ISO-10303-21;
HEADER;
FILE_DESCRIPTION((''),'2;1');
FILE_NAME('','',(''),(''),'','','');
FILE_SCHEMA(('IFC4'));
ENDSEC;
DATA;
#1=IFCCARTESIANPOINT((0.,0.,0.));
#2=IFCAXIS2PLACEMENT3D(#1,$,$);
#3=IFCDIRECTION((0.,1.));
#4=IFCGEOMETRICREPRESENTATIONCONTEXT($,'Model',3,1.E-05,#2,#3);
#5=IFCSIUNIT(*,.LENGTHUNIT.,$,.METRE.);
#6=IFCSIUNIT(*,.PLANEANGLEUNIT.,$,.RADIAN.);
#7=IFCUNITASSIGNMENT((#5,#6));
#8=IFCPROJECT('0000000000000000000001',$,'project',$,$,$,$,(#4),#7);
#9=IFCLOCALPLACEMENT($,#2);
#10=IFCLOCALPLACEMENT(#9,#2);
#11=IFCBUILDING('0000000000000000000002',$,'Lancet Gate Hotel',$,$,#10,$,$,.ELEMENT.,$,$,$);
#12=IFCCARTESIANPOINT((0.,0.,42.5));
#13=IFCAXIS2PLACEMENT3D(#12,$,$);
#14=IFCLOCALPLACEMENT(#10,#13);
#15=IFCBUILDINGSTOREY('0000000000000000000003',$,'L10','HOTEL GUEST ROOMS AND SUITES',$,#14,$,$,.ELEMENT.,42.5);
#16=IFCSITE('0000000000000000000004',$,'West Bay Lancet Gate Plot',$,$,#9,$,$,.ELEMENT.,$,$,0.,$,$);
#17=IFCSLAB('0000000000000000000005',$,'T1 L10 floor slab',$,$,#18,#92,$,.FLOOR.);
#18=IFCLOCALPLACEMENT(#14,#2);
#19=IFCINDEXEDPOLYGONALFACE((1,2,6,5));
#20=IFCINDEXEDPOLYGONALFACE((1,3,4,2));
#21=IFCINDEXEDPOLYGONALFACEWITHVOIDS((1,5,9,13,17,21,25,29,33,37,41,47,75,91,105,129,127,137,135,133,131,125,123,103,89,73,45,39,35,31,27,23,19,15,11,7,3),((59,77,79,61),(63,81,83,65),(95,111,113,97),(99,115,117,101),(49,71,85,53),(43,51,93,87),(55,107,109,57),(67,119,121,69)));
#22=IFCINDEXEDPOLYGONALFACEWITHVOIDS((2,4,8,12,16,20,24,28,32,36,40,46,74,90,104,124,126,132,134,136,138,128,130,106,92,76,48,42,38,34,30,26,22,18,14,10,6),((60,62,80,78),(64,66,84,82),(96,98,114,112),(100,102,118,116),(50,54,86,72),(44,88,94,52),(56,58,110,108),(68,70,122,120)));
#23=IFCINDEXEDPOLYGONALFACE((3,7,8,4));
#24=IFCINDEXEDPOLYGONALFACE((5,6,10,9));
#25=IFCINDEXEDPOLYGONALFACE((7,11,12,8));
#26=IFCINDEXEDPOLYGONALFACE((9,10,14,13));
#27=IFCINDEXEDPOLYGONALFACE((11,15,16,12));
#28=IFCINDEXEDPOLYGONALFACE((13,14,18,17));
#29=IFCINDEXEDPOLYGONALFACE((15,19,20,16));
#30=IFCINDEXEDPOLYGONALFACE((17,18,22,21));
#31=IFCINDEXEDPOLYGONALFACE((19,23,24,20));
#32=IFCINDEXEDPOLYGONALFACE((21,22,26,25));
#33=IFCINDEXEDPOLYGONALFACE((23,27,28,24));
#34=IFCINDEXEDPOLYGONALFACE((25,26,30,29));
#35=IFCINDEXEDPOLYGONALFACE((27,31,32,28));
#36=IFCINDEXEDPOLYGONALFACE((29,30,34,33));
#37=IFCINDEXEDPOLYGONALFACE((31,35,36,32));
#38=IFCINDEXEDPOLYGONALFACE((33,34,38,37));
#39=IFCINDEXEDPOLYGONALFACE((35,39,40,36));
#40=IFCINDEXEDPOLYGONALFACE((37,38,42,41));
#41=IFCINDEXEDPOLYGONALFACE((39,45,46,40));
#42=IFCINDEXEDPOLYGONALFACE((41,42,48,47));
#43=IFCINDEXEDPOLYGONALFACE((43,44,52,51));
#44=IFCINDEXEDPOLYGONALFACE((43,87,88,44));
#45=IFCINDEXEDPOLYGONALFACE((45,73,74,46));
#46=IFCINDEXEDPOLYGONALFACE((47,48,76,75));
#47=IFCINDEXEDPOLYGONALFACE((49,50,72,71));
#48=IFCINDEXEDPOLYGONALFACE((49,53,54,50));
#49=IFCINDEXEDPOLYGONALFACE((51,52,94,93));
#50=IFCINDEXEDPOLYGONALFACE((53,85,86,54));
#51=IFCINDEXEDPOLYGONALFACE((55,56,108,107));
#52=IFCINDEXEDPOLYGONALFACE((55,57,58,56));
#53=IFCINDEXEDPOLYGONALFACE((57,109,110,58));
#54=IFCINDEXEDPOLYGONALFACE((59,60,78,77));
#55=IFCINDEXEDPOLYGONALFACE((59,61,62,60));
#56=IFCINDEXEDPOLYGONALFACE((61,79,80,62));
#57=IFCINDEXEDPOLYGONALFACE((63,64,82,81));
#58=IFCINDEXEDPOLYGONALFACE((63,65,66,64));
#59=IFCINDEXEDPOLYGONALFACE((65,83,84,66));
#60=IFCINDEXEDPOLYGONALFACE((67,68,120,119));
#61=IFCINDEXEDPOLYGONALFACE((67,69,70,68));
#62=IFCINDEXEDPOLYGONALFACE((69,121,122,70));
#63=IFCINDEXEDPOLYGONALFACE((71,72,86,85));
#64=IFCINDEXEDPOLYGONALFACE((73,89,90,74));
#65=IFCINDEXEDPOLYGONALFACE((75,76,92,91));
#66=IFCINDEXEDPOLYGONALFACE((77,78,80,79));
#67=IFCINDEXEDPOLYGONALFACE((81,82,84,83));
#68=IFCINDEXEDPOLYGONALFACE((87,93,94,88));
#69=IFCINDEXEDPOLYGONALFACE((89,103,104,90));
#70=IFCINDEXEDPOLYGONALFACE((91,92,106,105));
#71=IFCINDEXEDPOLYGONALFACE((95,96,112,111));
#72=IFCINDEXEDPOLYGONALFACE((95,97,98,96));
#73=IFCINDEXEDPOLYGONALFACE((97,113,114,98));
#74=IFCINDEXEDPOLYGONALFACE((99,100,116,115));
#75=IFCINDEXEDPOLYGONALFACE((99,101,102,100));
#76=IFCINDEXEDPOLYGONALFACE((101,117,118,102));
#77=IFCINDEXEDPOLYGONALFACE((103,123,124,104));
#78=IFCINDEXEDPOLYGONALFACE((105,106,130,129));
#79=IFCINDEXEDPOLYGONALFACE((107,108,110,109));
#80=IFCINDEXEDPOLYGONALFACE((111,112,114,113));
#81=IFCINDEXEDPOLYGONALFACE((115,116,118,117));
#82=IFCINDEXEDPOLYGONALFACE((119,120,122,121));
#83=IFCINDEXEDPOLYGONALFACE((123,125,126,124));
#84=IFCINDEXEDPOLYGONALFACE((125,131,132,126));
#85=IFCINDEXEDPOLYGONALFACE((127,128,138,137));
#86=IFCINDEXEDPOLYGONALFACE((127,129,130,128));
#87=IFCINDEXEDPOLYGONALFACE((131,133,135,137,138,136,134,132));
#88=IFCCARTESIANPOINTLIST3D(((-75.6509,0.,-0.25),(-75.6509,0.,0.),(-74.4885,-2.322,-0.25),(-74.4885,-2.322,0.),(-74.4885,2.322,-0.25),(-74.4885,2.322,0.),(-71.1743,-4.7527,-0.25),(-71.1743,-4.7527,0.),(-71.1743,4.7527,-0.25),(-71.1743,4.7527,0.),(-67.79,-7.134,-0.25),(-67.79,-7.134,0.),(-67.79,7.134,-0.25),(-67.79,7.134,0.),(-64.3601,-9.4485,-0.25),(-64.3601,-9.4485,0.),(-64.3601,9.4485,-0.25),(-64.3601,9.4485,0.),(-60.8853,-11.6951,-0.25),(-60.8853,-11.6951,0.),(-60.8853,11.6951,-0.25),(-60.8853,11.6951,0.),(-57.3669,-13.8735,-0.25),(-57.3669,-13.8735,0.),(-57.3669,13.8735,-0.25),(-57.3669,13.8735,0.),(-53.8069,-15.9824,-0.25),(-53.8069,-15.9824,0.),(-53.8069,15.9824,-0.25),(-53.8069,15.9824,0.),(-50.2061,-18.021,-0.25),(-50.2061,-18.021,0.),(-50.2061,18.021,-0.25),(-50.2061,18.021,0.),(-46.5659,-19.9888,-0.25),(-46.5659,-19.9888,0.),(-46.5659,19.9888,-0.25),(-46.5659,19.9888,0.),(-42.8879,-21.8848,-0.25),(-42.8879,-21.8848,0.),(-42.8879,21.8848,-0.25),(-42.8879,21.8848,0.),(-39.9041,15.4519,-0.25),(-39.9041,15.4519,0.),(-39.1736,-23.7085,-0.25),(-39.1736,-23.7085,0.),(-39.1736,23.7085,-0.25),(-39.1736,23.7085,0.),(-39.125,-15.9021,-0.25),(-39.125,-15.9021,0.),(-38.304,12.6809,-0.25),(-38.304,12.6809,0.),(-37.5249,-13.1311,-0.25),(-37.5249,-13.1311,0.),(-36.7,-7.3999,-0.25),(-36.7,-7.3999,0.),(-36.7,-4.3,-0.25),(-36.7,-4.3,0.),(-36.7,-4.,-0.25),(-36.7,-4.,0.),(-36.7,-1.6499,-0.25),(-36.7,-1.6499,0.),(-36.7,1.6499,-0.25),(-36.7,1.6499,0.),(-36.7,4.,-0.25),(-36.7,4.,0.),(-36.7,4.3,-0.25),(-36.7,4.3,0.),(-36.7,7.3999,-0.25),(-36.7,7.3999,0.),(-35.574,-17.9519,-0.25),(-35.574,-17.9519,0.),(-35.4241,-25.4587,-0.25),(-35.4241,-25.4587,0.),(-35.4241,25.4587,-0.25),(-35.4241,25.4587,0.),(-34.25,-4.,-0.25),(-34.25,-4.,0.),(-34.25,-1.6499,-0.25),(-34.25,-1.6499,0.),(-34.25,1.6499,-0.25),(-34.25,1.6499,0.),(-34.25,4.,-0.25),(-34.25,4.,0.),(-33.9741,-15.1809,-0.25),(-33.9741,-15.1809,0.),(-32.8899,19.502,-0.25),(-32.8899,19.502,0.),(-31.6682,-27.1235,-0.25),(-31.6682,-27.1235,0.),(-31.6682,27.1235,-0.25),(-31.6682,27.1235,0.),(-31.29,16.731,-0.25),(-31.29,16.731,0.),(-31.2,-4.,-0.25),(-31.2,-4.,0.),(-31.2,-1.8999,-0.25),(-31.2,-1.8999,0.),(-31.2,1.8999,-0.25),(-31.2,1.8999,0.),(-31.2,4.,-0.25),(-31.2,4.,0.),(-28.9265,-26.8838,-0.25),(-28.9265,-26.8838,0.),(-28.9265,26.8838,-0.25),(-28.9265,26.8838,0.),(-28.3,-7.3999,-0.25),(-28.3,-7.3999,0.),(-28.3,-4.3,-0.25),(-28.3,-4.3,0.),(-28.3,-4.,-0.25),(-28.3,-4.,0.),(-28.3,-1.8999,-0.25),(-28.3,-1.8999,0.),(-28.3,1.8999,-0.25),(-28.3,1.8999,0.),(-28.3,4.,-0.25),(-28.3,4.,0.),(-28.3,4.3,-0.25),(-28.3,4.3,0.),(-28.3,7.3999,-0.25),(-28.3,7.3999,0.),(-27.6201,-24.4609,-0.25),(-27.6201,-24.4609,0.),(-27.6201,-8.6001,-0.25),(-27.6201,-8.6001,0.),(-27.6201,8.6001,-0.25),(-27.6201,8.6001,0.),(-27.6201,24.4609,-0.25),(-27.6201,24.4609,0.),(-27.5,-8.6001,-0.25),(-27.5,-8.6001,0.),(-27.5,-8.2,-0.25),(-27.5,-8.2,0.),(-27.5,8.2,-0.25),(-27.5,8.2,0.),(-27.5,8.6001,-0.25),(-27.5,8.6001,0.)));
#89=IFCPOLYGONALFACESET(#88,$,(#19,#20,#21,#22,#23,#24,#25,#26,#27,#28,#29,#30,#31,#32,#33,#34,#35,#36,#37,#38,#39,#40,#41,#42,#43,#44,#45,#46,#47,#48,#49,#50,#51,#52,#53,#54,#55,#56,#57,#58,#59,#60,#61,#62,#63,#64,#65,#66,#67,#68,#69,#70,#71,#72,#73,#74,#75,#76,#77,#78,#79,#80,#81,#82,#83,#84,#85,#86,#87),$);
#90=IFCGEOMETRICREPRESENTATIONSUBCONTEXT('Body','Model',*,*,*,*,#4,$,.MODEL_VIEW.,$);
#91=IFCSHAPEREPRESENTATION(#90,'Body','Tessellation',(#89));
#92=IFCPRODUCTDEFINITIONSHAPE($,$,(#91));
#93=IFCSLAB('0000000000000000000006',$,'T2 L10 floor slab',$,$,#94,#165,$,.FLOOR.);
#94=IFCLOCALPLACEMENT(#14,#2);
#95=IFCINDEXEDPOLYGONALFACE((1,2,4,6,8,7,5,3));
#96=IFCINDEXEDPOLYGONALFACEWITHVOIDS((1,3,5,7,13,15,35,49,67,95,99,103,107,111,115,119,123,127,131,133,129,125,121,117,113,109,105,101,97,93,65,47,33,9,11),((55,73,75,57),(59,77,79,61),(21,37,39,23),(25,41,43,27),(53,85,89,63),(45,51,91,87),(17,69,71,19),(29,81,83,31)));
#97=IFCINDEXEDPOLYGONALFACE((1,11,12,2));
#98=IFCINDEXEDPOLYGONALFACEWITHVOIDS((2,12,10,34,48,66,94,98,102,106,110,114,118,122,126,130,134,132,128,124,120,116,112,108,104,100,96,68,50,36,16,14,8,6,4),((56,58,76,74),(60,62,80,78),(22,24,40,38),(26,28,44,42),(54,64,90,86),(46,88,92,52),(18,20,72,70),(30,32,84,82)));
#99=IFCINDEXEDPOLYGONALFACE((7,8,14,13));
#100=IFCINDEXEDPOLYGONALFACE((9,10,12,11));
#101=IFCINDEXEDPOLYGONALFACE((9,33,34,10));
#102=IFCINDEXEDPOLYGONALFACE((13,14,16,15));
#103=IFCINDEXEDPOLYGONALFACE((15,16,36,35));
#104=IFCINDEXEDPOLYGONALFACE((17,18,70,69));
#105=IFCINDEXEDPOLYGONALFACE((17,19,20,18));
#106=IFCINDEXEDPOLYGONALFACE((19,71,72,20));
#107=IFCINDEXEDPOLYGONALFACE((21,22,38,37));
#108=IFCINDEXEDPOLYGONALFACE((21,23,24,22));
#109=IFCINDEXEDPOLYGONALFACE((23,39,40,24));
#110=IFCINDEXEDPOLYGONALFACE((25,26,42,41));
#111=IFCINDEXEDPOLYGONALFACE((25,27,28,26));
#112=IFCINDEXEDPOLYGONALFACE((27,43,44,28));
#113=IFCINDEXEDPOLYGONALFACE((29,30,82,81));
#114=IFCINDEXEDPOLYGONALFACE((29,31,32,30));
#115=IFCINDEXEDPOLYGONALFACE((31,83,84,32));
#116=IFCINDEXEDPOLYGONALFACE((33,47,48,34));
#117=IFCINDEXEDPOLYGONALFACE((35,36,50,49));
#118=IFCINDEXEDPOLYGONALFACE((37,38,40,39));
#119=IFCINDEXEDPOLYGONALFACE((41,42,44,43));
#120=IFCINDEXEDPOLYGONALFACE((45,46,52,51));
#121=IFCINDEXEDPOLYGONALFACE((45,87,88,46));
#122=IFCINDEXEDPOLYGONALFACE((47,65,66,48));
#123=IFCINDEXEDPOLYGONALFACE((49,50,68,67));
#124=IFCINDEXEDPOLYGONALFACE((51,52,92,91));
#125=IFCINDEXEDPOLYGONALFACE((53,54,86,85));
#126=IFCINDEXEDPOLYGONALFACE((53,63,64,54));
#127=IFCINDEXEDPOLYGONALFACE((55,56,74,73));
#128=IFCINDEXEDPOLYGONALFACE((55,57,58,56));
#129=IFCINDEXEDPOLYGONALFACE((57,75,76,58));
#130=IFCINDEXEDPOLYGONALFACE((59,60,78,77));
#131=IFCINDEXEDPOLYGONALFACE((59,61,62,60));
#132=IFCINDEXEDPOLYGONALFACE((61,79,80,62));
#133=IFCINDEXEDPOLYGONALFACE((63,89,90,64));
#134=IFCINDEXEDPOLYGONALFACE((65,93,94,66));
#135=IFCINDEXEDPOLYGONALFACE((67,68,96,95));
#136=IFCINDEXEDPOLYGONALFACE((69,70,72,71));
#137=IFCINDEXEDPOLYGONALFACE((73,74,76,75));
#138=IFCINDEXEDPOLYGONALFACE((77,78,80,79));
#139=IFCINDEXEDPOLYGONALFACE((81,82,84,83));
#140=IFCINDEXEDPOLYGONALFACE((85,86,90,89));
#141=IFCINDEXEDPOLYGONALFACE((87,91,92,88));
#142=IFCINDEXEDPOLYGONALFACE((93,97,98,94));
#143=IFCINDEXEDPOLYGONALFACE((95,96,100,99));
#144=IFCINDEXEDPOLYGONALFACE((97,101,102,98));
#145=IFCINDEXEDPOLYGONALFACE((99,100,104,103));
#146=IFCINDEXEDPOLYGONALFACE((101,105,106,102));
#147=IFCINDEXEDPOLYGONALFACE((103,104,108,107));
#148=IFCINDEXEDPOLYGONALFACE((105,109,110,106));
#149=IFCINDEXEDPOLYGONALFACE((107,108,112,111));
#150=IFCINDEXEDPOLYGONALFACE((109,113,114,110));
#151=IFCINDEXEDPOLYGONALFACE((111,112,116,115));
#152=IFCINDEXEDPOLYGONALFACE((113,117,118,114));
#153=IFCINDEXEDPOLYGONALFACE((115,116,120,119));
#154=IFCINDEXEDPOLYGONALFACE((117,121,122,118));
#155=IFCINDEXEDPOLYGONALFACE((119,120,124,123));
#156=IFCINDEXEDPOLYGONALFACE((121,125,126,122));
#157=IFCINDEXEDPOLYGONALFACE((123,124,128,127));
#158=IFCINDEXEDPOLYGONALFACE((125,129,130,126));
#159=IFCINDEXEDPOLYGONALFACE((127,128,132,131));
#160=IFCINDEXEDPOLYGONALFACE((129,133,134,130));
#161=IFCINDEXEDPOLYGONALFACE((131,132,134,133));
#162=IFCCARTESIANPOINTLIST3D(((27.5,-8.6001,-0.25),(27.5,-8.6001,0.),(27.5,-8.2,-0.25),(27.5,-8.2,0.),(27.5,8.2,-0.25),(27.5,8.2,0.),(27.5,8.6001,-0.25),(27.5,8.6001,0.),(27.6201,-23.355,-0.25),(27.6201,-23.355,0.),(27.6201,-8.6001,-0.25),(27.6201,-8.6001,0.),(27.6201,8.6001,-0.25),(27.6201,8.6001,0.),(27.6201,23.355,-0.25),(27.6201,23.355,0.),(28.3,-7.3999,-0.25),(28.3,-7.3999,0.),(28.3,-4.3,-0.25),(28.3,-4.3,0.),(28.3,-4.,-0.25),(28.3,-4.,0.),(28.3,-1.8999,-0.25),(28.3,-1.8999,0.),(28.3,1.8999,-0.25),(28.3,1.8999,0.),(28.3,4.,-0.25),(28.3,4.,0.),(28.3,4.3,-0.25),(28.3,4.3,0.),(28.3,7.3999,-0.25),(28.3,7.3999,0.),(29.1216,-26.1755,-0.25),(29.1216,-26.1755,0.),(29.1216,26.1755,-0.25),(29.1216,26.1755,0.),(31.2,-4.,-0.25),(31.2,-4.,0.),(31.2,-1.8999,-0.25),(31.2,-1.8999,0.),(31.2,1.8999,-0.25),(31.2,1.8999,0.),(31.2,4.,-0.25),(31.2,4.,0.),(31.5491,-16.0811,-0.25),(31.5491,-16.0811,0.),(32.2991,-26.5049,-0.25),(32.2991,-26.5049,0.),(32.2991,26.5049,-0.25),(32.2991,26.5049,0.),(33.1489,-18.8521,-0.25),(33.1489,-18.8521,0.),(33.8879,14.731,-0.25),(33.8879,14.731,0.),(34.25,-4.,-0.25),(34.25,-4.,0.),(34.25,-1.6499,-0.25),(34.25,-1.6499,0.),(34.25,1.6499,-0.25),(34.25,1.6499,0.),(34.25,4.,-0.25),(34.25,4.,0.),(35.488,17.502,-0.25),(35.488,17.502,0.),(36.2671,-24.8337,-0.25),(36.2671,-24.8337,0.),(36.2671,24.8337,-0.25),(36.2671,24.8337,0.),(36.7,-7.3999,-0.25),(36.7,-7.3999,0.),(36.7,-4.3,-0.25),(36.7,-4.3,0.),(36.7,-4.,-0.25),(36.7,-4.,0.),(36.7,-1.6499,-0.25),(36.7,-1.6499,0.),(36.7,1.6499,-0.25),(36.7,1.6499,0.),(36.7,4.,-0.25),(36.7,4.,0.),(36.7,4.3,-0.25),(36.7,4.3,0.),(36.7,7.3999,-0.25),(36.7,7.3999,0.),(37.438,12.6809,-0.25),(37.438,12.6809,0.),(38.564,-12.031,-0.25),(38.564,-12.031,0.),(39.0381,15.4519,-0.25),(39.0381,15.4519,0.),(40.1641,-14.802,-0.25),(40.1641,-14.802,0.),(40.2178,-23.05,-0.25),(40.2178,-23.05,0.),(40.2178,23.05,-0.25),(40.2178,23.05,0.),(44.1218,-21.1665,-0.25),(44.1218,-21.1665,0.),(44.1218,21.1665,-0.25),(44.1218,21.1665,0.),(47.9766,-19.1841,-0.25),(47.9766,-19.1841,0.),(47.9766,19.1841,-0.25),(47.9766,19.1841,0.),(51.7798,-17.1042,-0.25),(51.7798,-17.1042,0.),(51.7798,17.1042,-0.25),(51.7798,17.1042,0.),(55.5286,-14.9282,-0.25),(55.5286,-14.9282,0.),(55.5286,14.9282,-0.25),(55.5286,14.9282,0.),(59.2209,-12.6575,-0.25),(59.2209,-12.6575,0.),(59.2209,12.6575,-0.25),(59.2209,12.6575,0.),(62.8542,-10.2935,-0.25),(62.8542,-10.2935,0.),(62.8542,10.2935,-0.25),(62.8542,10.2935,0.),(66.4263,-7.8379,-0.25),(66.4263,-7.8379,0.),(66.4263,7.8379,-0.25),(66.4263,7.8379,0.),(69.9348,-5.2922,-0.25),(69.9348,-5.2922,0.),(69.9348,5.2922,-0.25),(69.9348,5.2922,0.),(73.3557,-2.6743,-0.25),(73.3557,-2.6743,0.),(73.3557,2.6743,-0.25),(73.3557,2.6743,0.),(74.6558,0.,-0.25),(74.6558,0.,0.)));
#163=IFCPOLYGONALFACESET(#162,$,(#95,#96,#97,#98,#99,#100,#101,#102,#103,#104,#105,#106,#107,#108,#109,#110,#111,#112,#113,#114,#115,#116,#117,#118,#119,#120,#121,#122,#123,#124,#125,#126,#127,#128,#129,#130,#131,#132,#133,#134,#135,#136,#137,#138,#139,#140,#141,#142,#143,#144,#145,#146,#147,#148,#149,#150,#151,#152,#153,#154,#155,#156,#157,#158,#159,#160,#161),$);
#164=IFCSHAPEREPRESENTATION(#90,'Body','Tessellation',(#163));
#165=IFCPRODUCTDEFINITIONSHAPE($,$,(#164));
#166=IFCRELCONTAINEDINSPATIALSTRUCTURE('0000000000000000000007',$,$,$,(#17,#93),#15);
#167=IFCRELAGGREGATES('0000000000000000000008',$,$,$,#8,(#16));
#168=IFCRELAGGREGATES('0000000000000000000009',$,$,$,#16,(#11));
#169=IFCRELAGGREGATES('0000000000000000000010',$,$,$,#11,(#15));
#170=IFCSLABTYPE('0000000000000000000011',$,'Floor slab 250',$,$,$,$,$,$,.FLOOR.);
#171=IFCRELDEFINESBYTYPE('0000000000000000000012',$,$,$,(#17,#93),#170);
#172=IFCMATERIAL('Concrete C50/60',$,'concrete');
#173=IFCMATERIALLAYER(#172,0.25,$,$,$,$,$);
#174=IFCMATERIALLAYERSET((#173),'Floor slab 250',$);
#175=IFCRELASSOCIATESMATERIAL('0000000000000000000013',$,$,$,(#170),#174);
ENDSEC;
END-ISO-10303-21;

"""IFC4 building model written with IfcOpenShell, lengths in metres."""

from ifc_helpers import new_model, si_unit, direction, frame, origin, place, context, subcontext, project, spatial, polyline, outline, extrude, material, layer, layer_set, type_object, element, save


model = new_model("IFC4")

# Units and contexts
model_context = context("Model", 3, precision=1e-05, world=origin(), true_north=direction((0.0, 1.0)))
body_context = subcontext(model_context, "Body", "Model", "MODEL_VIEW")
ifc_project = project(units=[si_unit("LENGTHUNIT", "METRE"), si_unit("PLANEANGLEUNIT", "RADIAN")], contexts=[model_context])

# Site, building, storey
site_placement = place(None, origin())
site = spatial("IfcSite", under=ifc_project, at=site_placement, Name="West Bay Lancet Gate Plot", CompositionType="ELEMENT", RefElevation=0.0)
building_placement = place(site_placement, origin())
building = spatial("IfcBuilding", under=site, at=building_placement, Name="Lancet Gate Hotel", CompositionType="ELEMENT")
storey_placement = place(building_placement, frame((0.0, 0.0, 42.5)))
storey = spatial("IfcBuildingStorey", under=building, at=storey_placement, Name="L10", Description="HOTEL GUEST ROOMS AND SUITES", CompositionType="ELEMENT", Elevation=42.5)

# Slabs
ifc_material_1 = material(Name="Concrete C50/60", Category="concrete")
ifc_layer_1 = layer(ifc_material_1, 0.25)
ifc_layer_set_1 = layer_set([ifc_layer_1], Name="Floor slab 250")
slab_type_1 = type_object("IfcSlabType", Name="Floor slab 250", PredefinedType="FLOOR", material=ifc_layer_set_1)
slab_1_placement = place(storey_placement, frame((0.0, 0.0, -0.25)))
element("IfcSlab", 1, at=slab_1_placement, inside=storey, type_object=slab_type_1, Name="T1 L10 floor slab", PredefinedType="FLOOR", context=body_context, shape_type="SweptSolid", body=[
    extrude(outline(polyline([(-27.5, 8.6001), (-27.6201, 8.6001), (-27.6201, 24.4609), (-28.9265, 26.8838), (-31.6682, 27.1235), (-35.4241, 25.4587), (-39.1736, 23.7085), (-42.8879, 21.8848), (-46.5659, 19.9888), (-50.2061, 18.021), (-53.8069, 15.9824), (-57.3669, 13.8735), (-60.8853, 11.6951), (-64.3601, 9.4485), (-67.79, 7.134), (-71.1743, 4.7527), (-74.4885, 2.322), (-75.6509, 0.0), (-74.4885, -2.322), (-71.1743, -4.7527), (-67.79, -7.134), (-64.3601, -9.4485), (-60.8853, -11.6951), (-57.3669, -13.8735), (-53.8069, -15.9824), (-50.2061, -18.021), (-46.5659, -19.9888), (-42.8879, -21.8848), (-39.1736, -23.7085), (-35.4241, -25.4587), (-31.6682, -27.1235), (-28.9265, -26.8838), (-27.6201, -24.4609), (-27.6201, -8.6001), (-27.5, -8.6001), (-27.5, -8.2), (-27.5, 8.2), (-27.5, 8.6001)]), holes=[polyline([(-36.7, 7.3999), (-36.7, 4.3), (-28.3, 4.3), (-28.3, 7.3999), (-36.7, 7.3999)]), polyline([(-28.3, 4.0), (-31.2, 4.0), (-31.2, 1.8999), (-28.3, 1.8999), (-28.3, 4.0)]), polyline([(-34.25, 4.0), (-36.7, 4.0), (-36.7, 1.6499), (-34.25, 1.6499), (-34.25, 4.0)]), polyline([(-36.7, -1.6499), (-36.7, -4.0), (-34.25, -4.0), (-34.25, -1.6499), (-36.7, -1.6499)]), polyline([(-28.3, -1.8999), (-31.2, -1.8999), (-31.2, -4.0), (-28.3, -4.0), (-28.3, -1.8999)]), polyline([(-28.3, -4.3), (-36.7, -4.3), (-36.7, -7.3999), (-28.3, -7.3999), (-28.3, -4.3)]), polyline([(-31.29, 16.731), (-32.8899, 19.502), (-39.9041, 15.4519), (-38.304, 12.6809), (-31.29, 16.731)]), polyline([(-33.9741, -15.1809), (-37.5249, -13.1311), (-39.125, -15.9021), (-35.574, -17.9519), (-33.9741, -15.1809)])]), origin(), (0.0, 0.0, 1.0), 0.25),
])
slab_2_placement = place(storey_placement, frame((0.0, 0.0, -0.25)))
element("IfcSlab", 2, at=slab_2_placement, inside=storey, type_object=slab_type_1, Name="T2 L10 floor slab", PredefinedType="FLOOR", context=body_context, shape_type="SweptSolid", body=[
    extrude(outline(polyline([(27.5, -8.6001), (27.6201, -8.6001), (27.6201, -23.355), (29.1216, -26.1755), (32.2991, -26.5049), (36.2671, -24.8337), (40.2178, -23.05), (44.1218, -21.1665), (47.9766, -19.1841), (51.7798, -17.1042), (55.5286, -14.9282), (59.2209, -12.6575), (62.8542, -10.2935), (66.4263, -7.8379), (69.9348, -5.2922), (73.3557, -2.6743), (74.6558, 0.0), (73.3557, 2.6743), (69.9348, 5.2922), (66.4263, 7.8379), (62.8542, 10.2935), (59.2209, 12.6575), (55.5286, 14.9282), (51.7798, 17.1042), (47.9766, 19.1841), (44.1218, 21.1665), (40.2178, 23.05), (36.2671, 24.8337), (32.2991, 26.5049), (29.1216, 26.1755), (27.6201, 23.355), (27.6201, 8.6001), (27.5, 8.6001), (27.5, 8.2), (27.5, -8.2), (27.5, -8.6001)]), holes=[polyline([(36.7, -7.3999), (36.7, -4.3), (28.3, -4.3), (28.3, -7.3999), (36.7, -7.3999)]), polyline([(28.3, -4.0), (31.2, -4.0), (31.2, -1.8999), (28.3, -1.8999), (28.3, -4.0)]), polyline([(34.25, -4.0), (36.7, -4.0), (36.7, -1.6499), (34.25, -1.6499), (34.25, -4.0)]), polyline([(36.7, 1.6499), (36.7, 4.0), (34.25, 4.0), (34.25, 1.6499), (36.7, 1.6499)]), polyline([(28.3, 1.8999), (31.2, 1.8999), (31.2, 4.0), (28.3, 4.0), (28.3, 1.8999)]), polyline([(28.3, 4.3), (36.7, 4.3), (36.7, 7.3999), (28.3, 7.3999), (28.3, 4.3)]), polyline([(31.5491, -16.0811), (33.1489, -18.8521), (40.1641, -14.802), (38.564, -12.031), (31.5491, -16.0811)]), polyline([(33.8879, 14.731), (37.438, 12.6809), (39.0381, 15.4519), (35.488, 17.502), (33.8879, 14.731)])]), origin(), (0.0, 0.0, 1.0), 0.25),
])

save(model, "model.ifc")
